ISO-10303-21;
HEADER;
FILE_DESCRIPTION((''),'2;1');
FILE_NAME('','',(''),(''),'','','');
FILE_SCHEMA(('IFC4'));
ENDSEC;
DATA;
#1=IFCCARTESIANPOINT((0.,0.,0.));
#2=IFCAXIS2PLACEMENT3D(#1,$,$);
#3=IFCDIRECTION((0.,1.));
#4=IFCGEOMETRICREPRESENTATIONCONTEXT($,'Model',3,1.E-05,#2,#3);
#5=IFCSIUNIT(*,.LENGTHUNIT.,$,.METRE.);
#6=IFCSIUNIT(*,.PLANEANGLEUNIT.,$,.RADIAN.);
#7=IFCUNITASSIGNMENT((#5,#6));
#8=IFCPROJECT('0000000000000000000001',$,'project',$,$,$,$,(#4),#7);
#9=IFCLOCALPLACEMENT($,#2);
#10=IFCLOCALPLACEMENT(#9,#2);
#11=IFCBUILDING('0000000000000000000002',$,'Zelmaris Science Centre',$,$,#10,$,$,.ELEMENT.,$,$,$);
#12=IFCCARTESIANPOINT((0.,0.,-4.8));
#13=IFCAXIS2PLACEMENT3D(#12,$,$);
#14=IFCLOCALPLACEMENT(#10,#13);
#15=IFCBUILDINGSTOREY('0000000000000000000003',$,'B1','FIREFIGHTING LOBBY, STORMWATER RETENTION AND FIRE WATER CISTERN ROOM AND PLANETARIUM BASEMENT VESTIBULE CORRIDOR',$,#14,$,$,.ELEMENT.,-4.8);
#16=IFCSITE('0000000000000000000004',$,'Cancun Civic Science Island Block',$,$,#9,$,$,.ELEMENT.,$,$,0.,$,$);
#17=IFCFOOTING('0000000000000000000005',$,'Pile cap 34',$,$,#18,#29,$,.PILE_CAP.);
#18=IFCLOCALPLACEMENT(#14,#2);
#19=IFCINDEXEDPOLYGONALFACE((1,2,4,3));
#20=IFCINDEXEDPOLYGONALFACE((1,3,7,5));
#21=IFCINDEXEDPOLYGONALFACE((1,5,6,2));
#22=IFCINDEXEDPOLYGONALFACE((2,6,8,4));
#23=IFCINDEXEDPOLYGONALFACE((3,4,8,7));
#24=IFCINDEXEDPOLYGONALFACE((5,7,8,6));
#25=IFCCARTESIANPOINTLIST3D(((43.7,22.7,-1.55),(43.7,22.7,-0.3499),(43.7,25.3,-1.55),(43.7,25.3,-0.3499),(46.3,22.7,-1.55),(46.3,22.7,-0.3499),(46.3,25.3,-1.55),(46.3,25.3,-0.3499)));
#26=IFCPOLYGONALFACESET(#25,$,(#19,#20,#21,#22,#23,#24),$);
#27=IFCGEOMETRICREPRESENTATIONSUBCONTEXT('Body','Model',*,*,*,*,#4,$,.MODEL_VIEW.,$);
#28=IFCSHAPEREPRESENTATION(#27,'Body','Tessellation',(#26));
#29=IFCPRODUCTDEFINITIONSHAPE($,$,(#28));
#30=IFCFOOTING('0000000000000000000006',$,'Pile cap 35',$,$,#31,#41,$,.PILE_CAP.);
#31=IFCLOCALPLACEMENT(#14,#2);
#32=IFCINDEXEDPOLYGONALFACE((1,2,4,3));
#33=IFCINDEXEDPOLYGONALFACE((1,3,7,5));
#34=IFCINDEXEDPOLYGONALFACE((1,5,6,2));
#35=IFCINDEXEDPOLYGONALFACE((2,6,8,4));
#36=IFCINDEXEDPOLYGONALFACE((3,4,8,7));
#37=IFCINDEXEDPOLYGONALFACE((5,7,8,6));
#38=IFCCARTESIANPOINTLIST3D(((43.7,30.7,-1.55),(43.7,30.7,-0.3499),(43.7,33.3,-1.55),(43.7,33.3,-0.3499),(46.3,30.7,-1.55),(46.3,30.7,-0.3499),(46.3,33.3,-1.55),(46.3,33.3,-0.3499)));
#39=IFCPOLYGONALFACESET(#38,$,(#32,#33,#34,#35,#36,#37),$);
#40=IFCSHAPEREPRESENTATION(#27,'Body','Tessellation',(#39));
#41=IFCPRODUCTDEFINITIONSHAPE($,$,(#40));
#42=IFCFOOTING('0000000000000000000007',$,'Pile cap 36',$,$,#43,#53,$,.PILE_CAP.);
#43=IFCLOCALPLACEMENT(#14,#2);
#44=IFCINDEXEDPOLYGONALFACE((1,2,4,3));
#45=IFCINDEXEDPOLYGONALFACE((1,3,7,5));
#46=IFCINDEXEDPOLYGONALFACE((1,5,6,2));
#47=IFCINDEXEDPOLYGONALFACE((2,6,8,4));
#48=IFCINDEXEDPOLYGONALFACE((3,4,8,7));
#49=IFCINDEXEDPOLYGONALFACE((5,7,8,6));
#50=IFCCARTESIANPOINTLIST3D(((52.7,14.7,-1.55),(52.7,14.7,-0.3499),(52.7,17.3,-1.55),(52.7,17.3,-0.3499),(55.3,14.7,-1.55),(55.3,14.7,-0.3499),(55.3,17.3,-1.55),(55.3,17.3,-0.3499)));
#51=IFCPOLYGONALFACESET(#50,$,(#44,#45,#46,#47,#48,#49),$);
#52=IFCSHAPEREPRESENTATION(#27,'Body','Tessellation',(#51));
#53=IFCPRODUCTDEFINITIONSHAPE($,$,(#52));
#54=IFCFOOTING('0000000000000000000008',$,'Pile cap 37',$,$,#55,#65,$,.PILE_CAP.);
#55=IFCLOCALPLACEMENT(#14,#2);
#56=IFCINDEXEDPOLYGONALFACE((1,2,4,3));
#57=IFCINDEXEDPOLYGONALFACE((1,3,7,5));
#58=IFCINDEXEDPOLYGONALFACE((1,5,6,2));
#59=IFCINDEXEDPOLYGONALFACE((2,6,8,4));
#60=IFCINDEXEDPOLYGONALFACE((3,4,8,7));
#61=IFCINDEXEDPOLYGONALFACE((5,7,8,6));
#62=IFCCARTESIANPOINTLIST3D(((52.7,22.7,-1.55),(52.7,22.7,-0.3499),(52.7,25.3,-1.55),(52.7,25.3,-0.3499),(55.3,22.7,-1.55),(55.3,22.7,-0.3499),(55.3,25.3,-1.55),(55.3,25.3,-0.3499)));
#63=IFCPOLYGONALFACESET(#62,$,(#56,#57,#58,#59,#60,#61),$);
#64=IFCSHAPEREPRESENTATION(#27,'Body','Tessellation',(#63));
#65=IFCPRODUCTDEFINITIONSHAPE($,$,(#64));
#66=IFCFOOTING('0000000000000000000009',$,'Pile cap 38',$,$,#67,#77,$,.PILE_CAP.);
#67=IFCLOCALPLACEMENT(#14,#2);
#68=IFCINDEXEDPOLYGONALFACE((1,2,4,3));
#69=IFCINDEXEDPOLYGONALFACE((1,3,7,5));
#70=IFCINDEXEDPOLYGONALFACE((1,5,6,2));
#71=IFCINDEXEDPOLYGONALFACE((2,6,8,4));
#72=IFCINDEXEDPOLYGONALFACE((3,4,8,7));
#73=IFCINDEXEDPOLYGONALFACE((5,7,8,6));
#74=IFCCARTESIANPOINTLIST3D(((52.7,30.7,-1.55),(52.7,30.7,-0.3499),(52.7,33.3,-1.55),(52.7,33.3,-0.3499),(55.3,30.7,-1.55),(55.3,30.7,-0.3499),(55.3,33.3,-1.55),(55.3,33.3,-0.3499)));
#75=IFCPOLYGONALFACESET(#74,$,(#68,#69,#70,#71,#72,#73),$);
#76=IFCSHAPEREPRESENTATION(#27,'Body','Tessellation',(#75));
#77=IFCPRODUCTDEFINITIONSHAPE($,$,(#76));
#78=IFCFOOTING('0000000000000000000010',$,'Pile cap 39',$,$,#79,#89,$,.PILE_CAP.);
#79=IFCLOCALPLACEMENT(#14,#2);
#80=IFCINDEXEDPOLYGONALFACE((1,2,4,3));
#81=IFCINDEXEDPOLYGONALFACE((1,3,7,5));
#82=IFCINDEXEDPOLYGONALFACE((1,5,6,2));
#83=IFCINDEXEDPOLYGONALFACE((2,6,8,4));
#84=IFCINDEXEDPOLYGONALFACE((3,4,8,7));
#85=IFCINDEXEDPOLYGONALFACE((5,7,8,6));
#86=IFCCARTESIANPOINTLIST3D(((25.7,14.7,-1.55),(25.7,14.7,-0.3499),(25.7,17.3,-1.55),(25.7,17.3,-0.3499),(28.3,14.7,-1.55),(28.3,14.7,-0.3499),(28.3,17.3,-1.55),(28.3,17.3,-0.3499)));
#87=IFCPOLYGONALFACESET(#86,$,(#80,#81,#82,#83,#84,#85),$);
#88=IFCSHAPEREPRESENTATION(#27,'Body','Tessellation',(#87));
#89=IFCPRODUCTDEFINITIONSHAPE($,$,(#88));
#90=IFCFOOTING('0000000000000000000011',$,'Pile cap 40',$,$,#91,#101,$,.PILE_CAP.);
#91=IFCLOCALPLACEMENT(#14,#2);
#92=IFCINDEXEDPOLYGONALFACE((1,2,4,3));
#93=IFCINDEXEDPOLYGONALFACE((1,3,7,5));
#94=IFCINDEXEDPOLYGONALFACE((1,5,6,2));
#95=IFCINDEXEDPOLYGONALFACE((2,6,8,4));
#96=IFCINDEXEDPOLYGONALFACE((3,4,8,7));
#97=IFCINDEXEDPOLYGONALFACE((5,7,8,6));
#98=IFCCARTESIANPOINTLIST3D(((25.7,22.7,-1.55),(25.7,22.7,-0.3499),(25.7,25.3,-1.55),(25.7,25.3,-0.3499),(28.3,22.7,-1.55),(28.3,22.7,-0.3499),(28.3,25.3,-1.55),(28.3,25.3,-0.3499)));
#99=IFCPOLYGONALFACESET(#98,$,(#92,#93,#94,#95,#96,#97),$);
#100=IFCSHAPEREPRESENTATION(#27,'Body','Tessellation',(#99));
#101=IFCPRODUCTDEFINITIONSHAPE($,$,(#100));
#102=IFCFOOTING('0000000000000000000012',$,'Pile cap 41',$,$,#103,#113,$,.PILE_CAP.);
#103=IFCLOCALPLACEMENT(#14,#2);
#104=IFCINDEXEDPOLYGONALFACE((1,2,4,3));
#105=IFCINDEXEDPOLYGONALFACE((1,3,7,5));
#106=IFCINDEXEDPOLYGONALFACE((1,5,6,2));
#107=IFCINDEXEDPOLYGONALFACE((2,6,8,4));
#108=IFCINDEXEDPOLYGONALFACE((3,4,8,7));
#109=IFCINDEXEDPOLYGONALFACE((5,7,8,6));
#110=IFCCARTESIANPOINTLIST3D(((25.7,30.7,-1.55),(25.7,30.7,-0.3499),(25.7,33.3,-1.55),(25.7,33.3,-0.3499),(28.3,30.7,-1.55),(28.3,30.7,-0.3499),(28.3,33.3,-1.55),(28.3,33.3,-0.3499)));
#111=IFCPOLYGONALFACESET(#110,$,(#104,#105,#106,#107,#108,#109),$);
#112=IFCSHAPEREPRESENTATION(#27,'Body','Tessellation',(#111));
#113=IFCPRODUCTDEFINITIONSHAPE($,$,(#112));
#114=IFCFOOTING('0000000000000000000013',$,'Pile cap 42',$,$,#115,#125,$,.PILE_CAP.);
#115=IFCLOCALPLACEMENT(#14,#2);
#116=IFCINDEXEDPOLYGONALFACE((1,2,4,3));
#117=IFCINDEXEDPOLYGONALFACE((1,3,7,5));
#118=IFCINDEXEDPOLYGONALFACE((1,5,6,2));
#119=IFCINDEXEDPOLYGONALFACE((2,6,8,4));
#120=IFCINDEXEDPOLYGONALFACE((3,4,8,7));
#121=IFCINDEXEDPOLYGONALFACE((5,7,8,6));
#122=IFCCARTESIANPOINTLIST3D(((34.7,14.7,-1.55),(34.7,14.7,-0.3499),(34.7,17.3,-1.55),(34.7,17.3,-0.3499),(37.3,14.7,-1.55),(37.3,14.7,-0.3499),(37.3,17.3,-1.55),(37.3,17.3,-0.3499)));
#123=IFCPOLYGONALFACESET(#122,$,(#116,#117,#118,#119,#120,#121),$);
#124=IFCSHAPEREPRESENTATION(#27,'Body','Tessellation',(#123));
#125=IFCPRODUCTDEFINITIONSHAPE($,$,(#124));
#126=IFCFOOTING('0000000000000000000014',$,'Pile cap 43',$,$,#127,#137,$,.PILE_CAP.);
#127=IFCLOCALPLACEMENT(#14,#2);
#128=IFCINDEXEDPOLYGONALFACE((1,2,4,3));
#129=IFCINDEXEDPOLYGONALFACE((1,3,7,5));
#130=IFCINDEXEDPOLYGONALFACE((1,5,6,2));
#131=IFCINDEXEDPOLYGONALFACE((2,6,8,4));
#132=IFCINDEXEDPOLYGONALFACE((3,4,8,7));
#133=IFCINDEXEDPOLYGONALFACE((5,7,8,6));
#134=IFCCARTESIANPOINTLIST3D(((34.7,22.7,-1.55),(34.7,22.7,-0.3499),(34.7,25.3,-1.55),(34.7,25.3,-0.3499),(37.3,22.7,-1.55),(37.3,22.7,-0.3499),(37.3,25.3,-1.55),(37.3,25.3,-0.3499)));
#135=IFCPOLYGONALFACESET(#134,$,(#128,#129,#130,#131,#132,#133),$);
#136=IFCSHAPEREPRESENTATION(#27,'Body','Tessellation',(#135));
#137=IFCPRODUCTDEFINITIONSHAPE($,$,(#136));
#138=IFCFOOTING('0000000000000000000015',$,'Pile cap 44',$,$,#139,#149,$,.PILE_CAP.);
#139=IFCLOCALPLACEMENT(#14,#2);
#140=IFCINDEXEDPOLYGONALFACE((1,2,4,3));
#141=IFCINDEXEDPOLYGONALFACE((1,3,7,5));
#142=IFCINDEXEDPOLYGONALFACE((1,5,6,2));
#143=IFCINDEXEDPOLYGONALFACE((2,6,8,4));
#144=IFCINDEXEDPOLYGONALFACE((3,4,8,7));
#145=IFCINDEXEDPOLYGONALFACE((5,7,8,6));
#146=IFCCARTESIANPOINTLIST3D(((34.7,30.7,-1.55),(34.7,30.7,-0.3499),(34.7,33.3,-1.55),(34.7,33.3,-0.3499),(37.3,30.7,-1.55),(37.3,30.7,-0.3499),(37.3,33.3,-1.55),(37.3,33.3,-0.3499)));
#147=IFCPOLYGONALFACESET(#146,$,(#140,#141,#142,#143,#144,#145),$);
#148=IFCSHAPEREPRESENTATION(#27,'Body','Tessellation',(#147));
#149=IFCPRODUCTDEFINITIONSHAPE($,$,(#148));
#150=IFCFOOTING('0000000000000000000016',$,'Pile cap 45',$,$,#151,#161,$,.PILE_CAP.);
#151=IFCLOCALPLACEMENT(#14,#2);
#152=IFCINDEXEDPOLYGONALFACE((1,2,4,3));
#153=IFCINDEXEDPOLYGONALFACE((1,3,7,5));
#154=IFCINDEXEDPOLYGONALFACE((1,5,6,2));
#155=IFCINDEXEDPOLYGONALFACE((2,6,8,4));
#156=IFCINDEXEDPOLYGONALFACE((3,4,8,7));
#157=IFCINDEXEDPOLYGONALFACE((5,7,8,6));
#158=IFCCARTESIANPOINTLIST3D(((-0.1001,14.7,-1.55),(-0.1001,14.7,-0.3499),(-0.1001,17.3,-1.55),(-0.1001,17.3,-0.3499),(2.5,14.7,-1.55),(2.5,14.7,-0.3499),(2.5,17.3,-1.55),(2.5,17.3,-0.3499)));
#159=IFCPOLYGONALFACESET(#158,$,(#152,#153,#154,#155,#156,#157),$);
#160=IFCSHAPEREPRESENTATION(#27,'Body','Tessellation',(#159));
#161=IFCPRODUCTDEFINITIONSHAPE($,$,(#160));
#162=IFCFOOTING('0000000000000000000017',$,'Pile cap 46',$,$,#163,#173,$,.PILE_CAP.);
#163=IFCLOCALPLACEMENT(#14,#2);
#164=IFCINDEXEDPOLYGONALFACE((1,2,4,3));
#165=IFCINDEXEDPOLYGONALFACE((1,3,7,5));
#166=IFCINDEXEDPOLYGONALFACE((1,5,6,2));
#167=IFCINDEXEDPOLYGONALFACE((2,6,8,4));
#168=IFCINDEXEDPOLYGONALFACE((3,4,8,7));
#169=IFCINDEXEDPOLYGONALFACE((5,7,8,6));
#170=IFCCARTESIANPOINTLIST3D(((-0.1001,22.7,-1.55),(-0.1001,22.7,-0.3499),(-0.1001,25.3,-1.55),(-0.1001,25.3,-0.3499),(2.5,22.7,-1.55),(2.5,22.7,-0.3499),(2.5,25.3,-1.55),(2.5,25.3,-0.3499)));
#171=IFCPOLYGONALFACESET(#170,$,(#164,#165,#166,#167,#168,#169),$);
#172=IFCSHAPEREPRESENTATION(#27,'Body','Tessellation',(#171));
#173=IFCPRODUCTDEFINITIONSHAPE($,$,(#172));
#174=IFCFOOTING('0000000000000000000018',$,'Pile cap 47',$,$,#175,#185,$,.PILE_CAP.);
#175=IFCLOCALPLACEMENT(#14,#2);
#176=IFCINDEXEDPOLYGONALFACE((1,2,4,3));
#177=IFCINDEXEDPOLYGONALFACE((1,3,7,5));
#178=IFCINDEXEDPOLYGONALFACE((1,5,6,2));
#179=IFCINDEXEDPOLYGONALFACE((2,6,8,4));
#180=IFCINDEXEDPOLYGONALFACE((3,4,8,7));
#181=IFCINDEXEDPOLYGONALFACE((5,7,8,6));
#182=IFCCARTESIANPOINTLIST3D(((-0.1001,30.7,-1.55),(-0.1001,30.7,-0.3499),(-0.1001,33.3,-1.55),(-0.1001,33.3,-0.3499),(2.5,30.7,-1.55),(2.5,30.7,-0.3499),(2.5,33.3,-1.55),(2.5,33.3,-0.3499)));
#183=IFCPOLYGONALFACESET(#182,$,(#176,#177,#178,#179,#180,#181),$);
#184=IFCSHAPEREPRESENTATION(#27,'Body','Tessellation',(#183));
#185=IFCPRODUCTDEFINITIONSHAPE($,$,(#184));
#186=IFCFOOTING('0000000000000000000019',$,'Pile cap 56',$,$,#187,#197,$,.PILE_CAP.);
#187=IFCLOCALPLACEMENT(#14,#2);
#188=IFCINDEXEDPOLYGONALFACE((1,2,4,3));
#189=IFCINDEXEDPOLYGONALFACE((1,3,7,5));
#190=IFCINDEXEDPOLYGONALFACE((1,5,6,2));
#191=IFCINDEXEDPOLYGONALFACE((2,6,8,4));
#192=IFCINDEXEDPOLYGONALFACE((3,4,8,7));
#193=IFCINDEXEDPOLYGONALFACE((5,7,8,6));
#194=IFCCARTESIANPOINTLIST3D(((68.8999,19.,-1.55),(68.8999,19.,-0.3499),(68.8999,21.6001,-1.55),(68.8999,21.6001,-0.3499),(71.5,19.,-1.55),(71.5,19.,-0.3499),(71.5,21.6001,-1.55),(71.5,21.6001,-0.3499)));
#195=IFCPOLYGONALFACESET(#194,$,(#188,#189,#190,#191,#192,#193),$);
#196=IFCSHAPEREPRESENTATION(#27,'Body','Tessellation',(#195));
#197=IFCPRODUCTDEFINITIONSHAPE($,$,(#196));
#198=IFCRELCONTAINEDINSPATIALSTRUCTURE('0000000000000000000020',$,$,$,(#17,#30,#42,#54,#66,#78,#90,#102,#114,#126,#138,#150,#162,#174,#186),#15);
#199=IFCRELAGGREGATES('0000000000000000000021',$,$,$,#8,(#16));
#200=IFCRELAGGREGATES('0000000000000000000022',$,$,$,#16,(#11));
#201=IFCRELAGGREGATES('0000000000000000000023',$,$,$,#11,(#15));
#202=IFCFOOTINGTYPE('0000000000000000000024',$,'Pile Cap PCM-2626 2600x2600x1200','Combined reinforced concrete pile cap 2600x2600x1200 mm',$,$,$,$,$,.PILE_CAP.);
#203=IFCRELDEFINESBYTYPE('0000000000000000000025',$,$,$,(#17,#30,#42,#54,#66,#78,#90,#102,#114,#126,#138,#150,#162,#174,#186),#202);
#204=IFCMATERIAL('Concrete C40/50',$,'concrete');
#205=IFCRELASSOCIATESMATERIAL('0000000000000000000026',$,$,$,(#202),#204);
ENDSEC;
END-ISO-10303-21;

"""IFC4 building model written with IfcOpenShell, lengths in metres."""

from ifc_helpers import new_model, si_unit, direction, frame, origin, place, context, subcontext, project, spatial, polyline, outline, extrude, material, type_object, element, save


model = new_model("IFC4")

# Units and contexts
model_context = context("Model", 3, precision=1e-05, world=origin(), true_north=direction((0.0, 1.0)))
body_context = subcontext(model_context, "Body", "Model", "MODEL_VIEW")
ifc_project = project(units=[si_unit("LENGTHUNIT", "METRE"), si_unit("PLANEANGLEUNIT", "RADIAN")], contexts=[model_context])

# Site, building, storey
site_placement = place(None, origin())
site = spatial("IfcSite", under=ifc_project, at=site_placement, Name="Cancun Civic Science Island Block", CompositionType="ELEMENT", RefElevation=0.0)
building_placement = place(site_placement, origin())
building = spatial("IfcBuilding", under=site, at=building_placement, Name="Zelmaris Science Centre", CompositionType="ELEMENT")
storey_placement = place(building_placement, frame((0.0, 0.0, -4.8)))
storey = spatial("IfcBuildingStorey", under=building, at=storey_placement, Name="B1", Description="FIREFIGHTING LOBBY, STORMWATER RETENTION AND FIRE WATER CISTERN ROOM AND PLANETARIUM BASEMENT VESTIBULE CORRIDOR", CompositionType="ELEMENT", Elevation=-4.8)

# Footings
ifc_material = material(Name="Concrete C40/50", Category="concrete")
footing_type = type_object("IfcFootingType", Name="Pile Cap PCM-2626 2600x2600x1200", Description="Combined reinforced concrete pile cap 2600x2600x1200 mm", PredefinedType="PILE_CAP", material=ifc_material)
footing_1_placement = place(storey_placement, frame((0.0, 0.0, -1.55)))
element("IfcFooting", 1, at=footing_1_placement, inside=storey, type_object=footing_type, Name="Pile cap 34", PredefinedType="PILE_CAP", context=body_context, shape_type="SweptSolid", body=[
    extrude(outline(polyline([(43.7, 22.7), (46.3, 22.7), (46.3, 25.3), (43.7, 25.3), (43.7, 22.7)])), origin(), (0.0, 0.0, 1.0), 1.2002),
])
footing_2_placement = place(storey_placement, frame((0.0, 0.0, -1.55)))
element("IfcFooting", 2, at=footing_2_placement, inside=storey, type_object=footing_type, Name="Pile cap 35", PredefinedType="PILE_CAP", context=body_context, shape_type="SweptSolid", body=[
    extrude(outline(polyline([(43.7, 30.7), (46.3, 30.7), (46.3, 33.3), (43.7, 33.3), (43.7, 30.7)])), origin(), (0.0, 0.0, 1.0), 1.2002),
])
footing_3_placement = place(storey_placement, frame((0.0, 0.0, -1.55)))
element("IfcFooting", 3, at=footing_3_placement, inside=storey, type_object=footing_type, Name="Pile cap 36", PredefinedType="PILE_CAP", context=body_context, shape_type="SweptSolid", body=[
    extrude(outline(polyline([(52.7, 14.7), (55.3, 14.7), (55.3, 17.3), (52.7, 17.3), (52.7, 14.7)])), origin(), (0.0, 0.0, 1.0), 1.2002),
])
footing_4_placement = place(storey_placement, frame((0.0, 0.0, -1.55)))
element("IfcFooting", 4, at=footing_4_placement, inside=storey, type_object=footing_type, Name="Pile cap 37", PredefinedType="PILE_CAP", context=body_context, shape_type="SweptSolid", body=[
    extrude(outline(polyline([(52.7, 22.7), (55.3, 22.7), (55.3, 25.3), (52.7, 25.3), (52.7, 22.7)])), origin(), (0.0, 0.0, 1.0), 1.2002),
])
footing_5_placement = place(storey_placement, frame((0.0, 0.0, -1.55)))
element("IfcFooting", 5, at=footing_5_placement, inside=storey, type_object=footing_type, Name="Pile cap 38", PredefinedType="PILE_CAP", context=body_context, shape_type="SweptSolid", body=[
    extrude(outline(polyline([(52.7, 30.7), (55.3, 30.7), (55.3, 33.3), (52.7, 33.3), (52.7, 30.7)])), origin(), (0.0, 0.0, 1.0), 1.2002),
])
footing_6_placement = place(storey_placement, frame((0.0, 0.0, -1.55)))
element("IfcFooting", 6, at=footing_6_placement, inside=storey, type_object=footing_type, Name="Pile cap 39", PredefinedType="PILE_CAP", context=body_context, shape_type="SweptSolid", body=[
    extrude(outline(polyline([(25.7, 14.7), (28.3, 14.7), (28.3, 17.3), (25.7, 17.3), (25.7, 14.7)])), origin(), (0.0, 0.0, 1.0), 1.2002),
])
footing_7_placement = place(storey_placement, frame((0.0, 0.0, -1.55)))
element("IfcFooting", 7, at=footing_7_placement, inside=storey, type_object=footing_type, Name="Pile cap 40", PredefinedType="PILE_CAP", context=body_context, shape_type="SweptSolid", body=[
    extrude(outline(polyline([(25.7, 22.7), (28.3, 22.7), (28.3, 25.3), (25.7, 25.3), (25.7, 22.7)])), origin(), (0.0, 0.0, 1.0), 1.2002),
])
footing_8_placement = place(storey_placement, frame((0.0, 0.0, -1.55)))
element("IfcFooting", 8, at=footing_8_placement, inside=storey, type_object=footing_type, Name="Pile cap 41", PredefinedType="PILE_CAP", context=body_context, shape_type="SweptSolid", body=[
    extrude(outline(polyline([(25.7, 30.7), (28.3, 30.7), (28.3, 33.3), (25.7, 33.3), (25.7, 30.7)])), origin(), (0.0, 0.0, 1.0), 1.2002),
])
footing_9_placement = place(storey_placement, frame((0.0, 0.0, -1.55)))
element("IfcFooting", 9, at=footing_9_placement, inside=storey, type_object=footing_type, Name="Pile cap 42", PredefinedType="PILE_CAP", context=body_context, shape_type="SweptSolid", body=[
    extrude(outline(polyline([(34.7, 14.7), (37.3, 14.7), (37.3, 17.3), (34.7, 17.3), (34.7, 14.7)])), origin(), (0.0, 0.0, 1.0), 1.2002),
])
footing_10_placement = place(storey_placement, frame((0.0, 0.0, -1.55)))
element("IfcFooting", 10, at=footing_10_placement, inside=storey, type_object=footing_type, Name="Pile cap 43", PredefinedType="PILE_CAP", context=body_context, shape_type="SweptSolid", body=[
    extrude(outline(polyline([(34.7, 22.7), (37.3, 22.7), (37.3, 25.3), (34.7, 25.3), (34.7, 22.7)])), origin(), (0.0, 0.0, 1.0), 1.2002),
])
footing_11_placement = place(storey_placement, frame((0.0, 0.0, -1.55)))
element("IfcFooting", 11, at=footing_11_placement, inside=storey, type_object=footing_type, Name="Pile cap 44", PredefinedType="PILE_CAP", context=body_context, shape_type="SweptSolid", body=[
    extrude(outline(polyline([(34.7, 30.7), (37.3, 30.7), (37.3, 33.3), (34.7, 33.3), (34.7, 30.7)])), origin(), (0.0, 0.0, 1.0), 1.2002),
])
footing_12_placement = place(storey_placement, frame((0.0, 0.0, -1.55)))
element("IfcFooting", 12, at=footing_12_placement, inside=storey, type_object=footing_type, Name="Pile cap 45", PredefinedType="PILE_CAP", context=body_context, shape_type="SweptSolid", body=[
    extrude(outline(polyline([(-0.1001, 14.7), (2.5, 14.7), (2.5, 17.3), (-0.1001, 17.3), (-0.1001, 14.7)])), origin(), (0.0, 0.0, 1.0), 1.2002),
])
footing_13_placement = place(storey_placement, frame((0.0, 0.0, -1.55)))
element("IfcFooting", 13, at=footing_13_placement, inside=storey, type_object=footing_type, Name="Pile cap 46", PredefinedType="PILE_CAP", context=body_context, shape_type="SweptSolid", body=[
    extrude(outline(polyline([(-0.1001, 22.7), (2.5, 22.7), (2.5, 25.3), (-0.1001, 25.3), (-0.1001, 22.7)])), origin(), (0.0, 0.0, 1.0), 1.2002),
])
footing_14_placement = place(storey_placement, frame((0.0, 0.0, -1.55)))
element("IfcFooting", 14, at=footing_14_placement, inside=storey, type_object=footing_type, Name="Pile cap 47", PredefinedType="PILE_CAP", context=body_context, shape_type="SweptSolid", body=[
    extrude(outline(polyline([(-0.1001, 30.7), (2.5, 30.7), (2.5, 33.3), (-0.1001, 33.3), (-0.1001, 30.7)])), origin(), (0.0, 0.0, 1.0), 1.2002),
])
footing_15_placement = place(storey_placement, frame((0.0, 0.0, -1.55)))
element("IfcFooting", 15, at=footing_15_placement, inside=storey, type_object=footing_type, Name="Pile cap 56", PredefinedType="PILE_CAP", context=body_context, shape_type="SweptSolid", body=[
    extrude(outline(polyline([(68.8999, 19.0), (71.5, 19.0), (71.5, 21.6001), (68.8999, 21.6001), (68.8999, 19.0)])), origin(), (0.0, 0.0, 1.0), 1.2002),
])

save(model, "model.ifc")
